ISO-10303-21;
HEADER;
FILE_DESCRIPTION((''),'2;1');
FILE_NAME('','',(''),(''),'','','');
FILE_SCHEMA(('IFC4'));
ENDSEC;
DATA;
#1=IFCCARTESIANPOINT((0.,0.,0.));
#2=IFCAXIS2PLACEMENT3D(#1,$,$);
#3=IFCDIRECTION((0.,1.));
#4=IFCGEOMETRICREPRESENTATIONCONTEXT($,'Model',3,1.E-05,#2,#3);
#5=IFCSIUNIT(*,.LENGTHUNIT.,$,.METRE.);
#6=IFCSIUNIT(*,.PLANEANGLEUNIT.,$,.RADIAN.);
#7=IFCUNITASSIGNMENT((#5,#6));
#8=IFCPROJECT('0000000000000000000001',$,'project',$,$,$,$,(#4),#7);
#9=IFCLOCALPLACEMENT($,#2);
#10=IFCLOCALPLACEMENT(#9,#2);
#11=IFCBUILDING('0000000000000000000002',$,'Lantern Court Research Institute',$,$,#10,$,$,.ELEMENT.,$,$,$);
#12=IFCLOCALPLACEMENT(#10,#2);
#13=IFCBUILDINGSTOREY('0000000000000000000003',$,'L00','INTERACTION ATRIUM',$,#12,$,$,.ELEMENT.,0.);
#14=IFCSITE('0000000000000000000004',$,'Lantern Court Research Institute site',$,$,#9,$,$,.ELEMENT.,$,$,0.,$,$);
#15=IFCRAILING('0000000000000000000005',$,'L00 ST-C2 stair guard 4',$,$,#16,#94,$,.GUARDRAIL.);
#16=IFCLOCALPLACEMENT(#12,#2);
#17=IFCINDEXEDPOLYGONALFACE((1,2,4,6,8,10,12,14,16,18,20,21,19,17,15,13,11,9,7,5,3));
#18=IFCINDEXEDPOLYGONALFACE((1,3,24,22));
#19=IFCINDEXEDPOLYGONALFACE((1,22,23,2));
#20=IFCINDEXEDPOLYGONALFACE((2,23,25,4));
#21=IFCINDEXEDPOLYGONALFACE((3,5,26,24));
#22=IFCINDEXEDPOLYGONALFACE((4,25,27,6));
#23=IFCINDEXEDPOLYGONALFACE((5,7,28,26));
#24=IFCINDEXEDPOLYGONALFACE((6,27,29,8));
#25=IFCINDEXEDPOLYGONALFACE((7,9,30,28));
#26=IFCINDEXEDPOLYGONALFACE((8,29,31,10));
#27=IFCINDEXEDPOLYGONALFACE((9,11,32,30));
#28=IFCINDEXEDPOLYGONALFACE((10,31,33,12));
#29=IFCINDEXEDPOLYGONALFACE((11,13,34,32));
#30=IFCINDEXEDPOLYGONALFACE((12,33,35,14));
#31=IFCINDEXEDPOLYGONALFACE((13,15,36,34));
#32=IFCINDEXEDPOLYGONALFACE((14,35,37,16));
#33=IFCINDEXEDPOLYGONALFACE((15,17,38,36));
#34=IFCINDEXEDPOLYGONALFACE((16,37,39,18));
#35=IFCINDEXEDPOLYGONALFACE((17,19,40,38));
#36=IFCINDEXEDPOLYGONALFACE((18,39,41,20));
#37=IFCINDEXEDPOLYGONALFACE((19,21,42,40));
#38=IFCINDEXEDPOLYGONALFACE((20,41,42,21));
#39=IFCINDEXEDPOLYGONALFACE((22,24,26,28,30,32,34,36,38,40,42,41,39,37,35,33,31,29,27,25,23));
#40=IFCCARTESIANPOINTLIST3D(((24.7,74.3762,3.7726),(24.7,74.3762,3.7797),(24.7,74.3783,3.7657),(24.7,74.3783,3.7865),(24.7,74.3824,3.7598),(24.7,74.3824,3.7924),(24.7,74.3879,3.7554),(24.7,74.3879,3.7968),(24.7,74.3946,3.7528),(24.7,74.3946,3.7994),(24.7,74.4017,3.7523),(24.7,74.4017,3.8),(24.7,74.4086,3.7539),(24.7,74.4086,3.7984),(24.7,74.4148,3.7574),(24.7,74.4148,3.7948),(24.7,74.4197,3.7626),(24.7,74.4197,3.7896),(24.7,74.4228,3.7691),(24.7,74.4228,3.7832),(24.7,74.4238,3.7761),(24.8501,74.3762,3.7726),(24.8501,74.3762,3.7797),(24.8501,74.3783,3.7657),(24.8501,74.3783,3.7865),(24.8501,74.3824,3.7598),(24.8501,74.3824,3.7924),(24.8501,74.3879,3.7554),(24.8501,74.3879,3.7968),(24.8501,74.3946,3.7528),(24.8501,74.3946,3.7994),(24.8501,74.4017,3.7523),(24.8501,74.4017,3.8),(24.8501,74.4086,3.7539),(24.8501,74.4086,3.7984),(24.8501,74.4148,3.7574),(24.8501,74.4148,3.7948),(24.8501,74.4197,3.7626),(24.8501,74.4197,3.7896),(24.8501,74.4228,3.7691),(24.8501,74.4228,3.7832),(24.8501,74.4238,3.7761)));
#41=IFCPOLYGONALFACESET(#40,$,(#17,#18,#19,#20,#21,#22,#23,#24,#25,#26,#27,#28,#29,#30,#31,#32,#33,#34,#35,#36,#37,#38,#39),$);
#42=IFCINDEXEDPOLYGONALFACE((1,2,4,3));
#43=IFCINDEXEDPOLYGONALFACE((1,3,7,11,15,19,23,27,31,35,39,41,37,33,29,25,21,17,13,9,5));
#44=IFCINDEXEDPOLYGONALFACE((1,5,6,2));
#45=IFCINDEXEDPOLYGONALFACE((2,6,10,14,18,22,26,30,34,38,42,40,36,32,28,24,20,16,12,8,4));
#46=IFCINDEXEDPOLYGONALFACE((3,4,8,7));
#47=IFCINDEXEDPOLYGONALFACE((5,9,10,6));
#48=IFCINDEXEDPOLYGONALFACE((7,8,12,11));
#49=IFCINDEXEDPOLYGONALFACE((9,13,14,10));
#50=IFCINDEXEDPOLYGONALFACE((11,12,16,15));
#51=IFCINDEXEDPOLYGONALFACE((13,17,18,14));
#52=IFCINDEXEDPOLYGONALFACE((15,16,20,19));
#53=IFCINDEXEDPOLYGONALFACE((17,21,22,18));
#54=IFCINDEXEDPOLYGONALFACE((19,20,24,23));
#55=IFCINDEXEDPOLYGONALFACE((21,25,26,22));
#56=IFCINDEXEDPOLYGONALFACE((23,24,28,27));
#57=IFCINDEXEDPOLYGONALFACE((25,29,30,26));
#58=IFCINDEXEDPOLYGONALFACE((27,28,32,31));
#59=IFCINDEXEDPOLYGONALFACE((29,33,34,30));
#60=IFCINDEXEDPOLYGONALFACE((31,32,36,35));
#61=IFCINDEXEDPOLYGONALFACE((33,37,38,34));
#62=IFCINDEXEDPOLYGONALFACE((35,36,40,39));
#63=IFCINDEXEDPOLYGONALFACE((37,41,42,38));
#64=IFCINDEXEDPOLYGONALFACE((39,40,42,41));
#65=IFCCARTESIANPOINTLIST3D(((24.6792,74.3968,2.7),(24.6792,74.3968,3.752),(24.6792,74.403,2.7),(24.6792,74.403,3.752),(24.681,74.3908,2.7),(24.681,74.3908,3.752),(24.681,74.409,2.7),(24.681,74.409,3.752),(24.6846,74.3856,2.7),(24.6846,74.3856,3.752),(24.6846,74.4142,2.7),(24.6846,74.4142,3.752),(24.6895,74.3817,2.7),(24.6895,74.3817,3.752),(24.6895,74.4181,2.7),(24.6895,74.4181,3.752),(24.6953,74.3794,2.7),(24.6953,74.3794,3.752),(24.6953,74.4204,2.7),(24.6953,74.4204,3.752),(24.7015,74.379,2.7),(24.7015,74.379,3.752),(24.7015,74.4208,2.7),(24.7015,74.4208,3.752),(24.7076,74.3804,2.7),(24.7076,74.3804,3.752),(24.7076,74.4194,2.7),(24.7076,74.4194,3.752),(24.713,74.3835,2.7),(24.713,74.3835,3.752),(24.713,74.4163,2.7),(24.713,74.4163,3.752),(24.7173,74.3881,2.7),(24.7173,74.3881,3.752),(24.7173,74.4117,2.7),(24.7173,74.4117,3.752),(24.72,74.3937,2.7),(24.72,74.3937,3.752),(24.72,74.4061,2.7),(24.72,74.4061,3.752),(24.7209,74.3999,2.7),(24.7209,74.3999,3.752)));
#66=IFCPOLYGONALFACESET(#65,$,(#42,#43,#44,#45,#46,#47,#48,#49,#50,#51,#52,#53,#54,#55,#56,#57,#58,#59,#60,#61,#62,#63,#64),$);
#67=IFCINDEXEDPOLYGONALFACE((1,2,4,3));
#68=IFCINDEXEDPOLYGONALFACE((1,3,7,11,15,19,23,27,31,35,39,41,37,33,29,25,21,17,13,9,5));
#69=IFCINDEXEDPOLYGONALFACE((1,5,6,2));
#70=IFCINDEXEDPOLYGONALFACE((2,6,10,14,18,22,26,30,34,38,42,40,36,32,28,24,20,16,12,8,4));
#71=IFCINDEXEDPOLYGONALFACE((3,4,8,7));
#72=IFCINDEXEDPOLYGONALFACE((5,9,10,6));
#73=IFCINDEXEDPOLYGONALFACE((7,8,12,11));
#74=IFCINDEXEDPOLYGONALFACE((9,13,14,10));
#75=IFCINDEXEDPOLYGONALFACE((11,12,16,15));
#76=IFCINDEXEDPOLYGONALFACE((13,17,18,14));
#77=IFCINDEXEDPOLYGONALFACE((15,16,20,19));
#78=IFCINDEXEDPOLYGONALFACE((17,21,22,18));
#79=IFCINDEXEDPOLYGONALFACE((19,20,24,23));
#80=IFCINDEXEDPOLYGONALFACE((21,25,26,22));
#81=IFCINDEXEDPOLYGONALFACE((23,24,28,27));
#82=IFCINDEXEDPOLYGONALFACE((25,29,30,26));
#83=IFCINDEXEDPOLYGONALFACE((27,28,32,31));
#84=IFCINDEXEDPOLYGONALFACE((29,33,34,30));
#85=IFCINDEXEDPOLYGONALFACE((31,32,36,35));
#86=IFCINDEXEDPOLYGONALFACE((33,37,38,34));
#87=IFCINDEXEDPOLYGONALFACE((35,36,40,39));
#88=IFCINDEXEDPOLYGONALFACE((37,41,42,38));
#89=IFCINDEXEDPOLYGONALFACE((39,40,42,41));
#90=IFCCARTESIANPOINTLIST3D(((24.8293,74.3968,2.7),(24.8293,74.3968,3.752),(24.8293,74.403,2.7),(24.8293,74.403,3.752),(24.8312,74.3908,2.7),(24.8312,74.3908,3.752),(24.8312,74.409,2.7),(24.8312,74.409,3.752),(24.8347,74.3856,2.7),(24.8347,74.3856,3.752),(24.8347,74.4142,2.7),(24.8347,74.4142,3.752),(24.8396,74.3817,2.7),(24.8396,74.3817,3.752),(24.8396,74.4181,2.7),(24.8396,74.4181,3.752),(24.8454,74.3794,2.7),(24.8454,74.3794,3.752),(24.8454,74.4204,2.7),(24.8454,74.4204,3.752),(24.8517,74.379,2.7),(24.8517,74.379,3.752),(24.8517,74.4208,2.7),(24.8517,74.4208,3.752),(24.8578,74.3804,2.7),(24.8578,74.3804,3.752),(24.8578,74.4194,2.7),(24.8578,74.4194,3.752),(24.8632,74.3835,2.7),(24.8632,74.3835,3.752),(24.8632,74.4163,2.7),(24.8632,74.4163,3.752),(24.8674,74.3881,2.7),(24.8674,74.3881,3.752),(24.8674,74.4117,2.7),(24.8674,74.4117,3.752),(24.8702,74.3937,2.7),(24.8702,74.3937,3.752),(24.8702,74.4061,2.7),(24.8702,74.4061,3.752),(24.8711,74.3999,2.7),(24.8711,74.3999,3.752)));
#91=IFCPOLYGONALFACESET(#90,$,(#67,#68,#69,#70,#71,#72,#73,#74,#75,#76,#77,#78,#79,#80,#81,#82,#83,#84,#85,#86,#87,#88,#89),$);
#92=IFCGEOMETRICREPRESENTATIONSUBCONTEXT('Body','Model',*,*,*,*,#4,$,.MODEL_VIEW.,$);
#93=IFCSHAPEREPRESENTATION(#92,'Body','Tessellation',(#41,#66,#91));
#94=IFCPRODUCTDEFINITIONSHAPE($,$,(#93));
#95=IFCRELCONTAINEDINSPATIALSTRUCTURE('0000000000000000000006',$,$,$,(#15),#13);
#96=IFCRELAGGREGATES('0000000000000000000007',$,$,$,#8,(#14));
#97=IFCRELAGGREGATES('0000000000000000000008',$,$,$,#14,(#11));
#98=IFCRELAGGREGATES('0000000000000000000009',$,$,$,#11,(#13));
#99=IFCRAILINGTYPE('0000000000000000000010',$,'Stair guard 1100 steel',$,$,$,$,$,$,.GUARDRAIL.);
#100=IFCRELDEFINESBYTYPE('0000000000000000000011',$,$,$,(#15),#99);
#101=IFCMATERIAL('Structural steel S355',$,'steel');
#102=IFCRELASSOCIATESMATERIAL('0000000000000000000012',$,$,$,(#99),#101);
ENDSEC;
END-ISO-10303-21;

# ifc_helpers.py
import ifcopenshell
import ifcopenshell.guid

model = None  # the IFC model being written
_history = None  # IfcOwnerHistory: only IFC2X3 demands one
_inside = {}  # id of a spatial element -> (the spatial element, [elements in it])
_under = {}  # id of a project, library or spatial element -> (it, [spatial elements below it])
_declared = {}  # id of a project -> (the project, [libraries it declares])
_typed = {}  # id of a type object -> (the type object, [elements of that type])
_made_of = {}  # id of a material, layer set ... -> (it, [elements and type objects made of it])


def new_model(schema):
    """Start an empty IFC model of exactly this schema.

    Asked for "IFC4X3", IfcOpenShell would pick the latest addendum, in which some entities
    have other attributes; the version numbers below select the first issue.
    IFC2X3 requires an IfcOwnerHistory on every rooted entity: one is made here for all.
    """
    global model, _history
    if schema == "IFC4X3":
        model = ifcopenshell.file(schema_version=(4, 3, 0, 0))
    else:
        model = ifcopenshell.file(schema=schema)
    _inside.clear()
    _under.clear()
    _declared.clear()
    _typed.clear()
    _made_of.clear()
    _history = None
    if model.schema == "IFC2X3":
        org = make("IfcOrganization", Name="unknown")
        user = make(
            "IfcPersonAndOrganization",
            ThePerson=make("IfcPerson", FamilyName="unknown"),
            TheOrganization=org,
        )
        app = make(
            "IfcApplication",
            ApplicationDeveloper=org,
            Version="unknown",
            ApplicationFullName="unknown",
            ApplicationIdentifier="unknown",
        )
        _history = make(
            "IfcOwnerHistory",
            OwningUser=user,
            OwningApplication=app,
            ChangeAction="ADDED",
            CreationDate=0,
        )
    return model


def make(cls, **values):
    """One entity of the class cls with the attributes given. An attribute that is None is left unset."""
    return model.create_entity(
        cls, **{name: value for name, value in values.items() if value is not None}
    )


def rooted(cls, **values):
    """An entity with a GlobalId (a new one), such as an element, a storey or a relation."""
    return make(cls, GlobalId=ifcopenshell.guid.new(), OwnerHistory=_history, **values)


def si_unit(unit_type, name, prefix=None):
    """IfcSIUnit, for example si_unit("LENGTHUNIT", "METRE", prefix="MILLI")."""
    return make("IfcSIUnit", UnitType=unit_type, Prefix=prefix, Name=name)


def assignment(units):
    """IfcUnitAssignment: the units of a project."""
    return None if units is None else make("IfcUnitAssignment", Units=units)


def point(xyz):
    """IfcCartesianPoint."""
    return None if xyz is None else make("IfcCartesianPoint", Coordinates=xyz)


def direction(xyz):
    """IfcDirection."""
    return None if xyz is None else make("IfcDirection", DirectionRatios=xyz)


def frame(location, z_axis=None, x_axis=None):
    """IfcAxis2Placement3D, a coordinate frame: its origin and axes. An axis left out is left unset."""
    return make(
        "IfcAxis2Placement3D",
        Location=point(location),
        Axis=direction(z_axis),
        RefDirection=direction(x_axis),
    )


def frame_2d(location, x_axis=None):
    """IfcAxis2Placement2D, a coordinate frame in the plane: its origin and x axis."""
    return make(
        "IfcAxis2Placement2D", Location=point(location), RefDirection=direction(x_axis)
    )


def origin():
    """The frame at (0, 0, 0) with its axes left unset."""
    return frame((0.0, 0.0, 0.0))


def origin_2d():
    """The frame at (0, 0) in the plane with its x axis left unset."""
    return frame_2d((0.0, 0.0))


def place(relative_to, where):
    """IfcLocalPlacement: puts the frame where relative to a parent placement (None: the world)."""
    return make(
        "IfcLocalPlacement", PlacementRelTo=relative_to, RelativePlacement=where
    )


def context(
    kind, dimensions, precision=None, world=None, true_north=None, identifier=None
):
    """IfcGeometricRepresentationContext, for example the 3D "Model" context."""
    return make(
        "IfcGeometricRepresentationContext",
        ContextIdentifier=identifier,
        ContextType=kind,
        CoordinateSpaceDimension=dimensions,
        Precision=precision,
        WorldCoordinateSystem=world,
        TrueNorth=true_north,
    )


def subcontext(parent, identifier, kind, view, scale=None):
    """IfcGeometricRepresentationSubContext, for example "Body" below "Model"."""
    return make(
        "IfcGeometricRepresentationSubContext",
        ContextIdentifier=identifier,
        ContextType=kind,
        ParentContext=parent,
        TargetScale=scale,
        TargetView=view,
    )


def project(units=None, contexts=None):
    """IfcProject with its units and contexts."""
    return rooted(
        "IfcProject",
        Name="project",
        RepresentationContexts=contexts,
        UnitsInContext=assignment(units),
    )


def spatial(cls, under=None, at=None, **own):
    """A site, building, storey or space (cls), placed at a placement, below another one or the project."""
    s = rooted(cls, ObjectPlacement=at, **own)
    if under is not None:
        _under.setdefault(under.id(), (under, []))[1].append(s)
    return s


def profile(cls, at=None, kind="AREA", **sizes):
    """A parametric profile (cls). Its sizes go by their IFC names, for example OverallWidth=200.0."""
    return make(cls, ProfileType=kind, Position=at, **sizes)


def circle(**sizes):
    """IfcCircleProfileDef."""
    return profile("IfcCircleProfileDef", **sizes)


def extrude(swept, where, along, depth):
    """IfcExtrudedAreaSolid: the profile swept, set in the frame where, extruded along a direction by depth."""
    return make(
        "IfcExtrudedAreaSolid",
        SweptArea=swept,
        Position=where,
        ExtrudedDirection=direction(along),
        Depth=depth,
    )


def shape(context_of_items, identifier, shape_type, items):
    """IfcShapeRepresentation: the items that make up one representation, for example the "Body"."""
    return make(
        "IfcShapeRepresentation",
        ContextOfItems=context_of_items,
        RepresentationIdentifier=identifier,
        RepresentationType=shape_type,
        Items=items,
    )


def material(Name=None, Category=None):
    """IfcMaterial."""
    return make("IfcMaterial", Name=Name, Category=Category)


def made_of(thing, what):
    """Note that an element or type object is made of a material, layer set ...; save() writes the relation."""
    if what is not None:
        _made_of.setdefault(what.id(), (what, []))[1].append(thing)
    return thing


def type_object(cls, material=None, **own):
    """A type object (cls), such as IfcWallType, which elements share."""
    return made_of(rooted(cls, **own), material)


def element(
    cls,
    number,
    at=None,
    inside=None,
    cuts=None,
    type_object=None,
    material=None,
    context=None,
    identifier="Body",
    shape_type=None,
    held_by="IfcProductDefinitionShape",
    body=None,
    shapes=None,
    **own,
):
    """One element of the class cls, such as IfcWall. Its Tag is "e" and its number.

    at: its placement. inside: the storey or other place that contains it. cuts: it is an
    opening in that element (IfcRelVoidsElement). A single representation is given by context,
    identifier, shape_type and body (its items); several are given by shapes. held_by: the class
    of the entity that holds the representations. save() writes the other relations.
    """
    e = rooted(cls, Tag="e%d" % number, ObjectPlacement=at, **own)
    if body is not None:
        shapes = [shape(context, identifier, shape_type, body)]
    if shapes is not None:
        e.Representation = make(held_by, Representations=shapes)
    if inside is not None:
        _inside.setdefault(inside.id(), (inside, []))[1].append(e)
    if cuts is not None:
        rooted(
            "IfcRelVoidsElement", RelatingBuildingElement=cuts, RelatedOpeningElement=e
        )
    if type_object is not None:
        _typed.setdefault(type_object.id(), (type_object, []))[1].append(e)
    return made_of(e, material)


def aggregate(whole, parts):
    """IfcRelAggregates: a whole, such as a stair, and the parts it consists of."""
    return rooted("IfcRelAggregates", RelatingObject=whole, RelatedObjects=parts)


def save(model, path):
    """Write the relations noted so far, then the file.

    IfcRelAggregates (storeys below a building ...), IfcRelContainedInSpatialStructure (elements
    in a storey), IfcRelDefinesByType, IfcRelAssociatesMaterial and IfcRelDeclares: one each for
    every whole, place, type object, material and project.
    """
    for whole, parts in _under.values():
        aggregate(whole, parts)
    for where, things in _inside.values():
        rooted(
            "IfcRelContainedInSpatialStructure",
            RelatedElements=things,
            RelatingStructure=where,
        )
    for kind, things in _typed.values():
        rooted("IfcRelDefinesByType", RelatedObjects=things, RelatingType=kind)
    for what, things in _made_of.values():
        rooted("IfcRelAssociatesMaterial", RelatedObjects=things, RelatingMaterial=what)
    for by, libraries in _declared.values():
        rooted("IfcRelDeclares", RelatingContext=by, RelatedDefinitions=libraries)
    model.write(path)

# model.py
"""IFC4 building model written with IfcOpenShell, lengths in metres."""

from ifc_helpers import new_model, si_unit, direction, frame, origin, origin_2d, place, context, subcontext, project, spatial, circle, extrude, material, type_object, element, save


model = new_model("IFC4")

# Units and contexts
model_context = context("Model", 3, precision=1e-05, world=origin(), true_north=direction((0.0, 1.0)))
body_context = subcontext(model_context, "Body", "Model", "MODEL_VIEW")
ifc_project = project(units=[si_unit("LENGTHUNIT", "METRE"), si_unit("PLANEANGLEUNIT", "RADIAN")], contexts=[model_context])

# Site, building, storey
site_placement = place(None, origin())
site = spatial("IfcSite", under=ifc_project, at=site_placement, Name="Lantern Court Research Institute site", CompositionType="ELEMENT", RefElevation=0.0)
building_placement = place(site_placement, origin())
building = spatial("IfcBuilding", under=site, at=building_placement, Name="Lantern Court Research Institute", CompositionType="ELEMENT")
storey_placement = place(building_placement, origin())
storey = spatial("IfcBuildingStorey", under=building, at=storey_placement, Name="L00", Description="INTERACTION ATRIUM", CompositionType="ELEMENT", Elevation=0.0)

# Railing
ifc_material_1 = material(Name="Structural steel S355", Category="steel")
railing_type_1 = type_object("IfcRailingType", Name="Stair guard 1100 steel", PredefinedType="GUARDRAIL", material=ifc_material_1)
railing_1_placement = place(storey_placement, frame((24.7, 74.3999, 2.7)))
element("IfcRailing", 1, at=railing_1_placement, inside=storey, type_object=railing_type_1, Name="L00 ST-C2 stair guard 4", PredefinedType="GUARDRAIL", context=body_context, shape_type="SweptSolid", body=[
    extrude(circle(Radius=0.0239, at=origin_2d()), frame((0.0, 0.0, 1.0762), z_axis=(1.0, 0.0, 0.0), x_axis=(0.0, 1.0, 0.0)), (0.0, 0.0, 1.0), 0.1501),
    extrude(circle(Radius=0.021, at=origin_2d()), origin(), (0.0, 0.0, 1.0), 1.052),
    extrude(circle(Radius=0.021, at=origin_2d()), frame((0.1501, 0.0, 0.0)), (0.0, 0.0, 1.0), 1.052),
])

save(model, "model.ifc")
